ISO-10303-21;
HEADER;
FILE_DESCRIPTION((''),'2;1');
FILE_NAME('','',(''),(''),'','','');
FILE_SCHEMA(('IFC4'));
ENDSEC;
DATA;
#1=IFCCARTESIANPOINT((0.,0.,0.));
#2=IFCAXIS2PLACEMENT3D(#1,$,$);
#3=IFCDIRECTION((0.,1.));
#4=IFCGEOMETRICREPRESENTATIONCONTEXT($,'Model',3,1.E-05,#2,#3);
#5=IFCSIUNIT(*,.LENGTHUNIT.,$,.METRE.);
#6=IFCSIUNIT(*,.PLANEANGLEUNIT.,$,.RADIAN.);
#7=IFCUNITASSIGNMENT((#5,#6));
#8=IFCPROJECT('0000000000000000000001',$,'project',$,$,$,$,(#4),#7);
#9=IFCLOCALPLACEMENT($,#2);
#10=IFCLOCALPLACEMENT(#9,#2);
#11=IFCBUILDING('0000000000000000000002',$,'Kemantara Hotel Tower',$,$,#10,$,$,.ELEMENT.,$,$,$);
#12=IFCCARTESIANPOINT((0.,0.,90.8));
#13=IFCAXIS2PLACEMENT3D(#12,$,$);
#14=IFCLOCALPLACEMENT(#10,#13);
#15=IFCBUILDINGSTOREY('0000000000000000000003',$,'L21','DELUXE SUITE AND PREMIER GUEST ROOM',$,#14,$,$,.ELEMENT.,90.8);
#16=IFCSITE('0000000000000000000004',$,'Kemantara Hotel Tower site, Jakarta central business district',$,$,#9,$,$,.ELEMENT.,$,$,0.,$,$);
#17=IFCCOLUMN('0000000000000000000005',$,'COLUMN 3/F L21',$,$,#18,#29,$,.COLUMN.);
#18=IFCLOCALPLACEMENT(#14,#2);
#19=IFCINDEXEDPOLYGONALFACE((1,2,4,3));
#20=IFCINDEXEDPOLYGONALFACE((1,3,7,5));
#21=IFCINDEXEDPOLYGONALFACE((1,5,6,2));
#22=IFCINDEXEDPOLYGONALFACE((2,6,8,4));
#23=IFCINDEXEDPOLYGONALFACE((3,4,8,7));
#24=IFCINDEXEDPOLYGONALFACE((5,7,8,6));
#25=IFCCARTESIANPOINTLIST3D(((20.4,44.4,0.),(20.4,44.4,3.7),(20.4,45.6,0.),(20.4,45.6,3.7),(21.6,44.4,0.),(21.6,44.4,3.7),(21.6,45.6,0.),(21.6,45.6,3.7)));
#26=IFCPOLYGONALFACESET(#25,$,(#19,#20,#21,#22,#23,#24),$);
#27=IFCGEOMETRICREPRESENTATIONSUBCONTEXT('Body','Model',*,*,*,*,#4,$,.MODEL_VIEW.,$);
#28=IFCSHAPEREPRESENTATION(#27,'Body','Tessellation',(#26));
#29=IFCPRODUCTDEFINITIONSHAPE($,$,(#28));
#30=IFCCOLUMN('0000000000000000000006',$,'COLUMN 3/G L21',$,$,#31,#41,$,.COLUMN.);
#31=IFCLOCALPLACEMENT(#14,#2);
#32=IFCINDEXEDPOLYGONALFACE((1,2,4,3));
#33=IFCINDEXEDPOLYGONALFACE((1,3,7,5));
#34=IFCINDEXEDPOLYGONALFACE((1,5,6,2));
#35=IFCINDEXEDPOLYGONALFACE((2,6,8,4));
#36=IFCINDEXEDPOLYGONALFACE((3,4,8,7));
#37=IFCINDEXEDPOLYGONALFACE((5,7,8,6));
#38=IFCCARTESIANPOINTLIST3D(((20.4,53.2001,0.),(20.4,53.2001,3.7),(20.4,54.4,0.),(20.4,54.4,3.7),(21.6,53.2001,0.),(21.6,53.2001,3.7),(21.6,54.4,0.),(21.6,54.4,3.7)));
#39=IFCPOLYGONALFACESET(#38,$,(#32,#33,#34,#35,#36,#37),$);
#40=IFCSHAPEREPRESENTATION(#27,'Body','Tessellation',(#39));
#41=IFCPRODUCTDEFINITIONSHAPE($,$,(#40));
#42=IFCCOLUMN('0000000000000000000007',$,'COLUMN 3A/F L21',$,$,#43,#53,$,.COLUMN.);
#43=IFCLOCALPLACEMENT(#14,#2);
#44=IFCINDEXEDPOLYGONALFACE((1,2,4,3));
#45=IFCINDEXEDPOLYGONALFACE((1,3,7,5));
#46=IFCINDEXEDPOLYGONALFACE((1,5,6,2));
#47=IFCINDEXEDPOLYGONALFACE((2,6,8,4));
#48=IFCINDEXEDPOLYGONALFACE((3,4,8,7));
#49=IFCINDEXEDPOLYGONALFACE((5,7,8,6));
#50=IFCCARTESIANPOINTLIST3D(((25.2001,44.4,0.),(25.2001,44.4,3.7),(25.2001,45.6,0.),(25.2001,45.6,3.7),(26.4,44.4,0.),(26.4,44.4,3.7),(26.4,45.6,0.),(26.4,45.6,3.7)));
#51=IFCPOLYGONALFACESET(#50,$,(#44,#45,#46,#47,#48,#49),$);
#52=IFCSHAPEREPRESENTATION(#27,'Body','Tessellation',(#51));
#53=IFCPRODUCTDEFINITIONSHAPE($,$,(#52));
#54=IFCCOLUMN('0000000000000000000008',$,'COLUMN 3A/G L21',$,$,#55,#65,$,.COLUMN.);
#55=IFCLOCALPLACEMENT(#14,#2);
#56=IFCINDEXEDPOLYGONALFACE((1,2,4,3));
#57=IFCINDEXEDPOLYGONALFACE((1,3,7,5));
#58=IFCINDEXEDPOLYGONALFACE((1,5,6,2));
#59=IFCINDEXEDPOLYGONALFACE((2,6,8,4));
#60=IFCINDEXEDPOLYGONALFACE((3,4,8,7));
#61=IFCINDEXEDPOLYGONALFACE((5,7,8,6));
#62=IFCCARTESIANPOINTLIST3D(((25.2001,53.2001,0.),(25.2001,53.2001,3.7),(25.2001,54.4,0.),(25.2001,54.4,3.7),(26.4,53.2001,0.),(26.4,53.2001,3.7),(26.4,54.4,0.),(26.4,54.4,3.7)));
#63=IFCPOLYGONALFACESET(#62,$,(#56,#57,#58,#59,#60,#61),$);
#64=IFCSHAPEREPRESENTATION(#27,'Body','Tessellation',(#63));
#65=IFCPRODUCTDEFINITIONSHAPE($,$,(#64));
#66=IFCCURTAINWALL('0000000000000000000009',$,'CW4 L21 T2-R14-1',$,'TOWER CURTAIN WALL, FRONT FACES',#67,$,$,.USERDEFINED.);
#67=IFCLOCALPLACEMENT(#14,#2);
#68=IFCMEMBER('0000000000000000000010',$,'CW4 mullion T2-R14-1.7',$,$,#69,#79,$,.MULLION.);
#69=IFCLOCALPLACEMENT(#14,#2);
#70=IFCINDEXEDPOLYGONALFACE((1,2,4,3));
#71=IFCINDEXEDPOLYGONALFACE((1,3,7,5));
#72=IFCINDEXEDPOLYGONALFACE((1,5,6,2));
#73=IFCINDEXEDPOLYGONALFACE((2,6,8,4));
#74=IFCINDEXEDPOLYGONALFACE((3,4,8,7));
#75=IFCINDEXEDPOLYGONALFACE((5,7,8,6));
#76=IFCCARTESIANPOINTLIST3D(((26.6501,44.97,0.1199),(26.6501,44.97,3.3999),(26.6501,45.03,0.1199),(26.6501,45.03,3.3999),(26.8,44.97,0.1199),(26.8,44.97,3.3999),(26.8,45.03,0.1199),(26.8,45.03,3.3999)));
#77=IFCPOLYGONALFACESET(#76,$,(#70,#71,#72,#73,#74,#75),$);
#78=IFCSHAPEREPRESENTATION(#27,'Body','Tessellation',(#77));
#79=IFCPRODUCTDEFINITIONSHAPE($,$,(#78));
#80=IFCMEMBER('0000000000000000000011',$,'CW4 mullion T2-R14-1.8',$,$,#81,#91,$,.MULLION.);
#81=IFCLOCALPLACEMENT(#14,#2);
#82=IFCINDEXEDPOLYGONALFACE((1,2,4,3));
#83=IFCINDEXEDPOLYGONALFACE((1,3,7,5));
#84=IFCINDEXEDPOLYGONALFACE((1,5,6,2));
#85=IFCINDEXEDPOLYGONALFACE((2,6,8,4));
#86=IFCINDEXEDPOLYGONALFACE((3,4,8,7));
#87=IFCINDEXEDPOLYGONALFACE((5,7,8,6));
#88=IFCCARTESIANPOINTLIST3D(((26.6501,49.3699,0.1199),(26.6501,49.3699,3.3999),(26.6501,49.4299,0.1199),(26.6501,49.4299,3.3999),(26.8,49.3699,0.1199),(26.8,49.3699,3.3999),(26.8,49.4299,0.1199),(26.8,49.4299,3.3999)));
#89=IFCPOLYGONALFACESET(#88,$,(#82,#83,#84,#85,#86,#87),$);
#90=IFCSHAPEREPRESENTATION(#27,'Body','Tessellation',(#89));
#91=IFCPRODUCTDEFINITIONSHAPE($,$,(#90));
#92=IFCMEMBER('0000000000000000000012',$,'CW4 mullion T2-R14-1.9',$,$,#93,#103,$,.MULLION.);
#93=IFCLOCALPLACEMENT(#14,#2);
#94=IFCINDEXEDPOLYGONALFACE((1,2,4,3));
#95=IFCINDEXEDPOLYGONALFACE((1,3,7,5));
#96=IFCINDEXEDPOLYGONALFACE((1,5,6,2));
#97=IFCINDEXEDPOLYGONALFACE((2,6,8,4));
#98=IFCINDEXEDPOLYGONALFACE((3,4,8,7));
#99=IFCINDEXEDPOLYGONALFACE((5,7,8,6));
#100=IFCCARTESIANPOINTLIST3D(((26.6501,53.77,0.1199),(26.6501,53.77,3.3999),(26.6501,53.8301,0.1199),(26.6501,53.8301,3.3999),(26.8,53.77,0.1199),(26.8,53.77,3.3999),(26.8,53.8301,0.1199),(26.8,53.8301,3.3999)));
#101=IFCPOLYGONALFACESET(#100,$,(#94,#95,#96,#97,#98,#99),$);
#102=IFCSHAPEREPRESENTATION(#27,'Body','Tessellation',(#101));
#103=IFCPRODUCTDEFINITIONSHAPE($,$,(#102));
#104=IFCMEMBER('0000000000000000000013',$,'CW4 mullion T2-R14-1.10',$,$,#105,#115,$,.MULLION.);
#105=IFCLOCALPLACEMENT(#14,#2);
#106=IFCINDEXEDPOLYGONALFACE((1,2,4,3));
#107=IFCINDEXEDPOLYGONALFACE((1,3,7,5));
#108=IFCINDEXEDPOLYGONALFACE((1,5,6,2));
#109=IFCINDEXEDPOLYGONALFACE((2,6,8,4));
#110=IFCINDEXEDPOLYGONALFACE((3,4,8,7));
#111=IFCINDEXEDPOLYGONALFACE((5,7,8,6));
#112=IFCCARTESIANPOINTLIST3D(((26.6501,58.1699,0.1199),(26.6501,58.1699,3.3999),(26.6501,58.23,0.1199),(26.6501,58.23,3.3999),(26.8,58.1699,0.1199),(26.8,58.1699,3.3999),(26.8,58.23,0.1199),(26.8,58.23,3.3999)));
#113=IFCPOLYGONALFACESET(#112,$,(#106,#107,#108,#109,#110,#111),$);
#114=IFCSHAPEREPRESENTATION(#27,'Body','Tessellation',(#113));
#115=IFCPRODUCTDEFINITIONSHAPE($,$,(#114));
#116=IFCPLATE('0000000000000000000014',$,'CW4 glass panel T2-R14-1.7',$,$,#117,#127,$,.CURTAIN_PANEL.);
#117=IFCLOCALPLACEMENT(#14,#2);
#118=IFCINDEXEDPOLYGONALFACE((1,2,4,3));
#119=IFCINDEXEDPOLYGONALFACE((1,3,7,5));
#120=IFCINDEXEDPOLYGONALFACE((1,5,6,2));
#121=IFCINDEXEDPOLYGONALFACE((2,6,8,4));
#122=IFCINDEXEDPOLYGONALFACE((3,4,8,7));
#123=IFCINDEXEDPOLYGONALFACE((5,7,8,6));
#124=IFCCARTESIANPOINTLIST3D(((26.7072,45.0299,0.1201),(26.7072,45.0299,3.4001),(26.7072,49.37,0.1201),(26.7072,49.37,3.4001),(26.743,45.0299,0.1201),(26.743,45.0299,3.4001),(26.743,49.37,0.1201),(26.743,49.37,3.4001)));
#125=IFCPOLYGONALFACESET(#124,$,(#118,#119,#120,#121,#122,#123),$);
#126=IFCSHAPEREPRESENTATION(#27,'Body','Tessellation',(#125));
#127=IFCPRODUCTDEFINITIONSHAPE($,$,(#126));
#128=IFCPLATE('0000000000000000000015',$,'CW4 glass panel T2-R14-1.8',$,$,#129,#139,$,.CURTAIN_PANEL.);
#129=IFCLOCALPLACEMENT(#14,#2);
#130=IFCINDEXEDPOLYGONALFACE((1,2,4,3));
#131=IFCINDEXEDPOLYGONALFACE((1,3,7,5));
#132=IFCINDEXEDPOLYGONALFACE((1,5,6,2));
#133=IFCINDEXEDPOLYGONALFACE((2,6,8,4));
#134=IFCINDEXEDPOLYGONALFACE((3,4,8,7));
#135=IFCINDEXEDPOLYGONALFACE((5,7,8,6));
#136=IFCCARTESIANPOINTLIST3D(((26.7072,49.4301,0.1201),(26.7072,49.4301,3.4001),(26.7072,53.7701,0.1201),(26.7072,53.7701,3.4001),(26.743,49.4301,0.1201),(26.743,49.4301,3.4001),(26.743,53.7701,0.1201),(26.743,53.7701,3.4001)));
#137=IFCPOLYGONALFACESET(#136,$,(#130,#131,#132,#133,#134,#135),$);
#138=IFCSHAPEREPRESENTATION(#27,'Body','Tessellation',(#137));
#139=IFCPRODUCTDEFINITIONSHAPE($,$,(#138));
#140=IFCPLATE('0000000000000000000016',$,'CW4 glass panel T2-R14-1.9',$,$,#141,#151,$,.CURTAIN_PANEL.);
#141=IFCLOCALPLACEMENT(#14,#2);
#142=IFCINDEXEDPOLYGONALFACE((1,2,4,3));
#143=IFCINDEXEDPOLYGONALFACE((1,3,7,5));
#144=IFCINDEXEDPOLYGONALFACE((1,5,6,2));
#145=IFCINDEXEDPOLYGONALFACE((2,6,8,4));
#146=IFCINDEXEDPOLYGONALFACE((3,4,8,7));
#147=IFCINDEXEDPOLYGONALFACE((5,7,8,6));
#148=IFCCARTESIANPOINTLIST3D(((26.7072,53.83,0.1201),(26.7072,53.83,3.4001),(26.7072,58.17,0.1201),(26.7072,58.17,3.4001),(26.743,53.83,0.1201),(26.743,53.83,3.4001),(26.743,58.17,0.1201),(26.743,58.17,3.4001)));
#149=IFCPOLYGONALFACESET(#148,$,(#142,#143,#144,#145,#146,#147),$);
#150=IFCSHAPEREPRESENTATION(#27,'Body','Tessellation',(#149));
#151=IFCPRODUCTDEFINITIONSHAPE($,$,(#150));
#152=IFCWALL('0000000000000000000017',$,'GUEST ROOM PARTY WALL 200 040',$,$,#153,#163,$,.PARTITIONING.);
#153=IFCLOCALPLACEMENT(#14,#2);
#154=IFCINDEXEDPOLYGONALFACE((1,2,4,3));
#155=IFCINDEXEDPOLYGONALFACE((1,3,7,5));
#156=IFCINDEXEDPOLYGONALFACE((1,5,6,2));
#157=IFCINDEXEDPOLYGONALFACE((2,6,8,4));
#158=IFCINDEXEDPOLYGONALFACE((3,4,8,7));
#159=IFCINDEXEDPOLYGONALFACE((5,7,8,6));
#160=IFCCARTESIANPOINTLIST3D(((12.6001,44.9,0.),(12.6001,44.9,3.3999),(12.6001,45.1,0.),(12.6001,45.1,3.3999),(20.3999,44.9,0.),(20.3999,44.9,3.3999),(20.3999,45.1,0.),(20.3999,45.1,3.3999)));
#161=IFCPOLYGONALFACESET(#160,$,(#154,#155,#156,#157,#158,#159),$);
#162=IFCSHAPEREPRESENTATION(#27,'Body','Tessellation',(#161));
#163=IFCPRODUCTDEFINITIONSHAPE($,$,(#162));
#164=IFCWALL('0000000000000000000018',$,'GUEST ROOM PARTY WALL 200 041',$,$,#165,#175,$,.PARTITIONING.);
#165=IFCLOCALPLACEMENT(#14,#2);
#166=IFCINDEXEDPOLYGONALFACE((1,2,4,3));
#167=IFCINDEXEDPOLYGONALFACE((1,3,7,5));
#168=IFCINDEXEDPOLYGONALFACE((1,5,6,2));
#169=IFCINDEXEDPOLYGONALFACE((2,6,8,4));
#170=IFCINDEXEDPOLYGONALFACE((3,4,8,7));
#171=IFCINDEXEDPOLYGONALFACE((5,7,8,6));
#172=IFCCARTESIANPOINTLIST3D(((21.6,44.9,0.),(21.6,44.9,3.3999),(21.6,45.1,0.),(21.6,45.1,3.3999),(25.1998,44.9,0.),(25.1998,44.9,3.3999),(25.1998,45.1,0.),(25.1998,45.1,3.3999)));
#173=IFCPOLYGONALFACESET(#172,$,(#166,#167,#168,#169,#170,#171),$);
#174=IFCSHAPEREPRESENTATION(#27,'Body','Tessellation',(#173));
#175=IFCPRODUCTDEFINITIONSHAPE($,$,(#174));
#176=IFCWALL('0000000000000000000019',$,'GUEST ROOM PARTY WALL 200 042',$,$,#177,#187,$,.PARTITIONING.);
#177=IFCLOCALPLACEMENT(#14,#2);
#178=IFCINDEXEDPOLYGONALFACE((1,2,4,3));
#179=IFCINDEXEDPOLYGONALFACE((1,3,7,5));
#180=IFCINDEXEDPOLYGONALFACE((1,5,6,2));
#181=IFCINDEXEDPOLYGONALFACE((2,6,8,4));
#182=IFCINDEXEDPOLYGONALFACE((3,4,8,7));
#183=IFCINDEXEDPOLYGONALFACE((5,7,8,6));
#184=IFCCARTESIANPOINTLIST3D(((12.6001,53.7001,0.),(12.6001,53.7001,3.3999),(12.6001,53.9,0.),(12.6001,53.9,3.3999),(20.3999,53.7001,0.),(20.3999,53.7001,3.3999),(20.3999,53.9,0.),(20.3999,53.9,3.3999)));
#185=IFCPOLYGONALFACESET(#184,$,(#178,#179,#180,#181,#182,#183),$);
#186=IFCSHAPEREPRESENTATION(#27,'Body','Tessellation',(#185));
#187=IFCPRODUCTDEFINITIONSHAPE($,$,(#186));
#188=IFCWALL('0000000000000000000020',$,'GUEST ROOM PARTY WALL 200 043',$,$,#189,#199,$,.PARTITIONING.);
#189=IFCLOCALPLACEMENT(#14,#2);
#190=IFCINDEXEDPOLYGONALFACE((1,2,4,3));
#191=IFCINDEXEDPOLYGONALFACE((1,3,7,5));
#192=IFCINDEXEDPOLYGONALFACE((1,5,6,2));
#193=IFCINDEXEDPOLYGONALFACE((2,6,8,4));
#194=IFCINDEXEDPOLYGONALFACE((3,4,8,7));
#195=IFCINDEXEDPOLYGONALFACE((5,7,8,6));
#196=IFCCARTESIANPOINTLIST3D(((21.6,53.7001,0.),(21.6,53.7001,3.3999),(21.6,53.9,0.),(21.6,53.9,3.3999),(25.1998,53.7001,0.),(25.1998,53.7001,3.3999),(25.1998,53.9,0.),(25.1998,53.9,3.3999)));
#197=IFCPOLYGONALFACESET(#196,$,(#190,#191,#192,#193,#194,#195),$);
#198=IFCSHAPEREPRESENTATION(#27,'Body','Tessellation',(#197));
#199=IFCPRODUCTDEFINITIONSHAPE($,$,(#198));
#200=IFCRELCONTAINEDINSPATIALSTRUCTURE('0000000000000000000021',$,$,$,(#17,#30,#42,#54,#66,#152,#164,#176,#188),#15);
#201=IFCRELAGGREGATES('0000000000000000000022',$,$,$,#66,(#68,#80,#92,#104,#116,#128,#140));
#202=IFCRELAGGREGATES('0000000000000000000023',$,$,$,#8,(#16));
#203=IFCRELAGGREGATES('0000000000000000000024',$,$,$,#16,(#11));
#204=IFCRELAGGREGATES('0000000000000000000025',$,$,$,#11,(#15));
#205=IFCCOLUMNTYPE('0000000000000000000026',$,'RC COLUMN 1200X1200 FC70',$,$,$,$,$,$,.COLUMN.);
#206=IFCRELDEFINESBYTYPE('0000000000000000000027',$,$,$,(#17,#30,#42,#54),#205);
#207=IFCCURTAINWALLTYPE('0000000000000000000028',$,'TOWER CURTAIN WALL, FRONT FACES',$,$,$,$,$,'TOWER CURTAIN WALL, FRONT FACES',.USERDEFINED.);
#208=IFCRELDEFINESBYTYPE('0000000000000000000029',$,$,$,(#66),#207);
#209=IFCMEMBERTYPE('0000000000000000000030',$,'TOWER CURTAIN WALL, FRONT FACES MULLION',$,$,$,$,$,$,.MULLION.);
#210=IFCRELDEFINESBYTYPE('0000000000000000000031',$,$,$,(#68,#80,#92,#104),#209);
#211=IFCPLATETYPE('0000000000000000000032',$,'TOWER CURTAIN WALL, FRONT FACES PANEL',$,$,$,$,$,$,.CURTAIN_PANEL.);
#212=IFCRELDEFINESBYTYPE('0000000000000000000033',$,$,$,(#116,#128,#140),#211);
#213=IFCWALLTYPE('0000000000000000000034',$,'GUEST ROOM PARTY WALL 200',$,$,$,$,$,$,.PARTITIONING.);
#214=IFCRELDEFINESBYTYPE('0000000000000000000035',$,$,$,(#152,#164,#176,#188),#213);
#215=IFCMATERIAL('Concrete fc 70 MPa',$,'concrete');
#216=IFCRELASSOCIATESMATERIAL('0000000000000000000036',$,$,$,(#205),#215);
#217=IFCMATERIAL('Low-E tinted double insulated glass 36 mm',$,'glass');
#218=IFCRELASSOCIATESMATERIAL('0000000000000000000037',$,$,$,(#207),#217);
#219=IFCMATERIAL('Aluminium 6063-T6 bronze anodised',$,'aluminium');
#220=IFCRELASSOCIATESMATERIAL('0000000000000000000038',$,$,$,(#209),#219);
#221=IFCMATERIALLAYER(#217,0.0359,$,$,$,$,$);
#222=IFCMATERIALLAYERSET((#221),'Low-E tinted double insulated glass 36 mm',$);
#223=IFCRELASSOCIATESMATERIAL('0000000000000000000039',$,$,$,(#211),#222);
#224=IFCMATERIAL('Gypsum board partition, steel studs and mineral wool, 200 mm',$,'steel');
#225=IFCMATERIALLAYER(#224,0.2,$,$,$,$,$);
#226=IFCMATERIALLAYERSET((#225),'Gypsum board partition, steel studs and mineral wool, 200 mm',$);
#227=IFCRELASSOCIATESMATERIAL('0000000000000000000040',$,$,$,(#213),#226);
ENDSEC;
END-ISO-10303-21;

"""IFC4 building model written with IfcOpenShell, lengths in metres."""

from ifc_helpers import new_model, si_unit, direction, frame, frame_2d, origin, origin_2d, place, context, subcontext, project, spatial, rectangle, extrude, source, transform, mapped, material, layer, layer_set, material_profile, profile_set, type_object, element, aggregate, save


model = new_model("IFC4")

# Units and contexts
model_context = context("Model", 3, precision=1e-05, world=origin(), true_north=direction((0.0, 1.0)))
body_context = subcontext(model_context, "Body", "Model", "MODEL_VIEW")
ifc_project = project(units=[si_unit("LENGTHUNIT", "METRE"), si_unit("PLANEANGLEUNIT", "RADIAN")], contexts=[model_context])

# Site, building, storey
site_placement = place(None, origin())
site = spatial("IfcSite", under=ifc_project, at=site_placement, Name="Kemantara Hotel Tower site, Jakarta central business district", CompositionType="ELEMENT", RefElevation=0.0)
building_placement = place(site_placement, origin())
building = spatial("IfcBuilding", under=site, at=building_placement, Name="Kemantara Hotel Tower", CompositionType="ELEMENT")
storey_placement = place(building_placement, frame((0.0, 0.0, 90.8)))
storey = spatial("IfcBuildingStorey", under=building, at=storey_placement, Name="L21", Description="DELUXE SUITE AND PREMIER GUEST ROOM", CompositionType="ELEMENT", Elevation=90.8)

# Columns
ifc_material_1 = material(Name="Concrete fc 70 MPa", Category="concrete")
ifc_material_profile_1 = material_profile(ifc_material_1, rectangle(XDim=1.2, YDim=1.2, at=origin_2d()), Name="RC 1200X1200")
ifc_profile_set_1 = profile_set([ifc_material_profile_1], Name="Concrete fc 70 MPa")
column_type = type_object("IfcColumnType", Name="RC COLUMN 1200X1200 FC70", PredefinedType="COLUMN", material=ifc_profile_set_1)
for number, where, z_axis, x_axis, name in (
    (1, (21.0, 45.0, 0.0), (0.0, 0.0, 1.0), (1.0, 0.0, 0.0), "COLUMN 3/F L21"),
    (2, (21.0, 53.8, 0.0), (0.0, 0.0, 1.0), (1.0, 0.0, 0.0), "COLUMN 3/G L21"),
    (3, (25.8, 45.0, 0.0), (0.0, 0.0, 1.0), (1.0, 0.0, 0.0), "COLUMN 3A/F L21"),
    (4, (25.8, 53.8, 0.0), (0.0, 0.0, 1.0), (1.0, 0.0, 0.0), "COLUMN 3A/G L21"),
):
    element("IfcColumn", number, at=place(storey_placement, frame(where, z_axis=z_axis, x_axis=x_axis)), inside=storey, type_object=column_type, Name=name, PredefinedType="COLUMN", context=body_context, shape_type="SweptSolid", body=[
        extrude(rectangle(XDim=1.2, YDim=1.2, at=origin_2d()), origin(), (0.0, 0.0, 1.0), 3.7),
    ])

# Curtain wall, members, plates
ifc_material_2 = material(Name="Low-E tinted double insulated glass 36 mm", Category="glass")
curtain_wall_type = type_object("IfcCurtainWallType", Name="TOWER CURTAIN WALL, FRONT FACES", ElementType="TOWER CURTAIN WALL, FRONT FACES", PredefinedType="USERDEFINED", material=ifc_material_2)
curtain_wall_placement = place(storey_placement, origin())
curtain_wall = element("IfcCurtainWall", 5, at=curtain_wall_placement, inside=storey, type_object=curtain_wall_type, Name="CW4 L21 T2-R14-1", ObjectType="TOWER CURTAIN WALL, FRONT FACES", PredefinedType="USERDEFINED")
ifc_material_3 = material(Name="Aluminium 6063-T6 bronze anodised", Category="aluminium")
ifc_material_profile_2 = material_profile(ifc_material_3, rectangle(XDim=0.1499, YDim=0.0601, at=origin_2d()), Name="TOWER CURTAIN WALL, FRONT FACES MULLION")
ifc_profile_set_2 = profile_set([ifc_material_profile_2], Name="Aluminium 6063-T6 bronze anodised")
member_type = type_object("IfcMemberType", Name="TOWER CURTAIN WALL, FRONT FACES MULLION", PredefinedType="MULLION", material=ifc_profile_set_2)
shared_shape_1 = source(origin(), body_context, "Body", "SweptSolid", [
    extrude(rectangle(XDim=0.1499, YDim=0.0601, at=origin_2d()), origin(), (0.0, 0.0, 1.0), 3.28),
])
member_1_placement = place(storey_placement, frame((26.7251, 45.0, 0.1199), z_axis=(0.0, 0.0, 1.0), x_axis=(-1.0, 0.0, 0.0)))
member_1 = element("IfcMember", 6, at=member_1_placement, type_object=member_type, Name="CW4 mullion T2-R14-1.7", PredefinedType="MULLION", context=body_context, shape_type="MappedRepresentation", body=[
    mapped(shared_shape_1, transform((0.0, 0.0, 0.0))),
])
member_2_placement = place(storey_placement, frame((26.7251, 49.3999, 0.1199), z_axis=(0.0, 0.0, 1.0), x_axis=(-1.0, 0.0, 0.0)))
member_2 = element("IfcMember", 7, at=member_2_placement, type_object=member_type, Name="CW4 mullion T2-R14-1.8", PredefinedType="MULLION", context=body_context, shape_type="MappedRepresentation", body=[
    mapped(shared_shape_1, transform((0.0, 0.0, 0.0))),
])
member_3_placement = place(storey_placement, frame((26.7251, 53.8, 0.1199), z_axis=(0.0, 0.0, 1.0), x_axis=(-1.0, 0.0, 0.0)))
member_3 = element("IfcMember", 8, at=member_3_placement, type_object=member_type, Name="CW4 mullion T2-R14-1.9", PredefinedType="MULLION", context=body_context, shape_type="MappedRepresentation", body=[
    mapped(shared_shape_1, transform((0.0, 0.0, 0.0))),
])
member_4_placement = place(storey_placement, frame((26.7251, 58.2, 0.1199), z_axis=(0.0, 0.0, 1.0), x_axis=(-1.0, 0.0, 0.0)))
member_4 = element("IfcMember", 9, at=member_4_placement, type_object=member_type, Name="CW4 mullion T2-R14-1.10", PredefinedType="MULLION", context=body_context, shape_type="MappedRepresentation", body=[
    mapped(shared_shape_1, transform((0.0, 0.0, 0.0))),
])
ifc_layer_1 = layer(ifc_material_2, 0.0359)
ifc_layer_set_1 = layer_set([ifc_layer_1], Name="Low-E tinted double insulated glass 36 mm")
plate_type = type_object("IfcPlateType", Name="TOWER CURTAIN WALL, FRONT FACES PANEL", PredefinedType="CURTAIN_PANEL", material=ifc_layer_set_1)
shared_shape_2 = source(origin(), body_context, "Body", "SweptSolid", [
    extrude(rectangle(XDim=4.3401, YDim=0.0359, at=origin_2d()), origin(), (0.0, 0.0, 1.0), 3.28),
])
plate_1_placement = place(storey_placement, frame((26.7251, 47.2, 0.1201), z_axis=(0.0, 0.0, 1.0), x_axis=(0.0, 1.0, 0.0)))
plate_1 = element("IfcPlate", 10, at=plate_1_placement, type_object=plate_type, Name="CW4 glass panel T2-R14-1.7", PredefinedType="CURTAIN_PANEL", context=body_context, shape_type="MappedRepresentation", body=[
    mapped(shared_shape_2, transform((0.0, 0.0, 0.0))),
])
plate_2_placement = place(storey_placement, frame((26.7251, 51.6001, 0.1201), z_axis=(0.0, 0.0, 1.0), x_axis=(0.0, 1.0, 0.0)))
plate_2 = element("IfcPlate", 11, at=plate_2_placement, type_object=plate_type, Name="CW4 glass panel T2-R14-1.8", PredefinedType="CURTAIN_PANEL", context=body_context, shape_type="MappedRepresentation", body=[
    mapped(shared_shape_2, transform((0.0, 0.0, 0.0))),
])
plate_3_placement = place(storey_placement, frame((26.7251, 56.0, 0.1201), z_axis=(0.0, 0.0, 1.0), x_axis=(0.0, 1.0, 0.0)))
plate_3 = element("IfcPlate", 12, at=plate_3_placement, type_object=plate_type, Name="CW4 glass panel T2-R14-1.9", PredefinedType="CURTAIN_PANEL", context=body_context, shape_type="MappedRepresentation", body=[
    mapped(shared_shape_2, transform((0.0, 0.0, 0.0))),
])
aggregate(curtain_wall, [member_1, member_2, member_3, member_4, plate_1, plate_2, plate_3])

# Walls
ifc_material_4 = material(Name="Gypsum board partition, steel studs and mineral wool, 200 mm", Category="steel")
ifc_layer_2 = layer(ifc_material_4, 0.2)
ifc_layer_set_2 = layer_set([ifc_layer_2], Name="Gypsum board partition, steel studs and mineral wool, 200 mm")
wall_type_1 = type_object("IfcWallType", Name="GUEST ROOM PARTY WALL 200", PredefinedType="PARTITIONING", material=ifc_layer_set_2)
wall_1_placement = place(storey_placement, frame((12.6001, 45.0, 0.0), z_axis=(0.0, 0.0, 1.0), x_axis=(1.0, 0.0, 0.0)))
element("IfcWall", 13, at=wall_1_placement, inside=storey, type_object=wall_type_1, Name="GUEST ROOM PARTY WALL 200 040", PredefinedType="PARTITIONING", context=body_context, shape_type="SweptSolid", body=[
    extrude(rectangle(XDim=7.7998, YDim=0.2, at=frame_2d((3.8999, 0.0))), origin(), (0.0, 0.0, 1.0), 3.3999),
])
wall_2_placement = place(storey_placement, frame((21.6001, 45.0, 0.0), z_axis=(0.0, 0.0, 1.0), x_axis=(1.0, 0.0, 0.0)))
element("IfcWall", 14, at=wall_2_placement, inside=storey, type_object=wall_type_1, Name="GUEST ROOM PARTY WALL 200 041", PredefinedType="PARTITIONING", context=body_context, shape_type="SweptSolid", body=[
    extrude(rectangle(XDim=3.5999, YDim=0.2, at=frame_2d((1.7998, 0.0))), origin(), (0.0, 0.0, 1.0), 3.3999),
])
wall_3_placement = place(storey_placement, frame((12.6001, 53.8, 0.0), z_axis=(0.0, 0.0, 1.0), x_axis=(1.0, 0.0, 0.0)))
element("IfcWall", 15, at=wall_3_placement, inside=storey, type_object=wall_type_1, Name="GUEST ROOM PARTY WALL 200 042", PredefinedType="PARTITIONING", context=body_context, shape_type="SweptSolid", body=[
    extrude(rectangle(XDim=7.7998, YDim=0.2, at=frame_2d((3.8999, 0.0))), origin(), (0.0, 0.0, 1.0), 3.3999),
])
wall_4_placement = place(storey_placement, frame((21.6001, 53.8, 0.0), z_axis=(0.0, 0.0, 1.0), x_axis=(1.0, 0.0, 0.0)))
element("IfcWall", 16, at=wall_4_placement, inside=storey, type_object=wall_type_1, Name="GUEST ROOM PARTY WALL 200 043", PredefinedType="PARTITIONING", context=body_context, shape_type="SweptSolid", body=[
    extrude(rectangle(XDim=3.5999, YDim=0.2, at=frame_2d((1.7998, 0.0))), origin(), (0.0, 0.0, 1.0), 3.3999),
])

save(model, "model.ifc")
